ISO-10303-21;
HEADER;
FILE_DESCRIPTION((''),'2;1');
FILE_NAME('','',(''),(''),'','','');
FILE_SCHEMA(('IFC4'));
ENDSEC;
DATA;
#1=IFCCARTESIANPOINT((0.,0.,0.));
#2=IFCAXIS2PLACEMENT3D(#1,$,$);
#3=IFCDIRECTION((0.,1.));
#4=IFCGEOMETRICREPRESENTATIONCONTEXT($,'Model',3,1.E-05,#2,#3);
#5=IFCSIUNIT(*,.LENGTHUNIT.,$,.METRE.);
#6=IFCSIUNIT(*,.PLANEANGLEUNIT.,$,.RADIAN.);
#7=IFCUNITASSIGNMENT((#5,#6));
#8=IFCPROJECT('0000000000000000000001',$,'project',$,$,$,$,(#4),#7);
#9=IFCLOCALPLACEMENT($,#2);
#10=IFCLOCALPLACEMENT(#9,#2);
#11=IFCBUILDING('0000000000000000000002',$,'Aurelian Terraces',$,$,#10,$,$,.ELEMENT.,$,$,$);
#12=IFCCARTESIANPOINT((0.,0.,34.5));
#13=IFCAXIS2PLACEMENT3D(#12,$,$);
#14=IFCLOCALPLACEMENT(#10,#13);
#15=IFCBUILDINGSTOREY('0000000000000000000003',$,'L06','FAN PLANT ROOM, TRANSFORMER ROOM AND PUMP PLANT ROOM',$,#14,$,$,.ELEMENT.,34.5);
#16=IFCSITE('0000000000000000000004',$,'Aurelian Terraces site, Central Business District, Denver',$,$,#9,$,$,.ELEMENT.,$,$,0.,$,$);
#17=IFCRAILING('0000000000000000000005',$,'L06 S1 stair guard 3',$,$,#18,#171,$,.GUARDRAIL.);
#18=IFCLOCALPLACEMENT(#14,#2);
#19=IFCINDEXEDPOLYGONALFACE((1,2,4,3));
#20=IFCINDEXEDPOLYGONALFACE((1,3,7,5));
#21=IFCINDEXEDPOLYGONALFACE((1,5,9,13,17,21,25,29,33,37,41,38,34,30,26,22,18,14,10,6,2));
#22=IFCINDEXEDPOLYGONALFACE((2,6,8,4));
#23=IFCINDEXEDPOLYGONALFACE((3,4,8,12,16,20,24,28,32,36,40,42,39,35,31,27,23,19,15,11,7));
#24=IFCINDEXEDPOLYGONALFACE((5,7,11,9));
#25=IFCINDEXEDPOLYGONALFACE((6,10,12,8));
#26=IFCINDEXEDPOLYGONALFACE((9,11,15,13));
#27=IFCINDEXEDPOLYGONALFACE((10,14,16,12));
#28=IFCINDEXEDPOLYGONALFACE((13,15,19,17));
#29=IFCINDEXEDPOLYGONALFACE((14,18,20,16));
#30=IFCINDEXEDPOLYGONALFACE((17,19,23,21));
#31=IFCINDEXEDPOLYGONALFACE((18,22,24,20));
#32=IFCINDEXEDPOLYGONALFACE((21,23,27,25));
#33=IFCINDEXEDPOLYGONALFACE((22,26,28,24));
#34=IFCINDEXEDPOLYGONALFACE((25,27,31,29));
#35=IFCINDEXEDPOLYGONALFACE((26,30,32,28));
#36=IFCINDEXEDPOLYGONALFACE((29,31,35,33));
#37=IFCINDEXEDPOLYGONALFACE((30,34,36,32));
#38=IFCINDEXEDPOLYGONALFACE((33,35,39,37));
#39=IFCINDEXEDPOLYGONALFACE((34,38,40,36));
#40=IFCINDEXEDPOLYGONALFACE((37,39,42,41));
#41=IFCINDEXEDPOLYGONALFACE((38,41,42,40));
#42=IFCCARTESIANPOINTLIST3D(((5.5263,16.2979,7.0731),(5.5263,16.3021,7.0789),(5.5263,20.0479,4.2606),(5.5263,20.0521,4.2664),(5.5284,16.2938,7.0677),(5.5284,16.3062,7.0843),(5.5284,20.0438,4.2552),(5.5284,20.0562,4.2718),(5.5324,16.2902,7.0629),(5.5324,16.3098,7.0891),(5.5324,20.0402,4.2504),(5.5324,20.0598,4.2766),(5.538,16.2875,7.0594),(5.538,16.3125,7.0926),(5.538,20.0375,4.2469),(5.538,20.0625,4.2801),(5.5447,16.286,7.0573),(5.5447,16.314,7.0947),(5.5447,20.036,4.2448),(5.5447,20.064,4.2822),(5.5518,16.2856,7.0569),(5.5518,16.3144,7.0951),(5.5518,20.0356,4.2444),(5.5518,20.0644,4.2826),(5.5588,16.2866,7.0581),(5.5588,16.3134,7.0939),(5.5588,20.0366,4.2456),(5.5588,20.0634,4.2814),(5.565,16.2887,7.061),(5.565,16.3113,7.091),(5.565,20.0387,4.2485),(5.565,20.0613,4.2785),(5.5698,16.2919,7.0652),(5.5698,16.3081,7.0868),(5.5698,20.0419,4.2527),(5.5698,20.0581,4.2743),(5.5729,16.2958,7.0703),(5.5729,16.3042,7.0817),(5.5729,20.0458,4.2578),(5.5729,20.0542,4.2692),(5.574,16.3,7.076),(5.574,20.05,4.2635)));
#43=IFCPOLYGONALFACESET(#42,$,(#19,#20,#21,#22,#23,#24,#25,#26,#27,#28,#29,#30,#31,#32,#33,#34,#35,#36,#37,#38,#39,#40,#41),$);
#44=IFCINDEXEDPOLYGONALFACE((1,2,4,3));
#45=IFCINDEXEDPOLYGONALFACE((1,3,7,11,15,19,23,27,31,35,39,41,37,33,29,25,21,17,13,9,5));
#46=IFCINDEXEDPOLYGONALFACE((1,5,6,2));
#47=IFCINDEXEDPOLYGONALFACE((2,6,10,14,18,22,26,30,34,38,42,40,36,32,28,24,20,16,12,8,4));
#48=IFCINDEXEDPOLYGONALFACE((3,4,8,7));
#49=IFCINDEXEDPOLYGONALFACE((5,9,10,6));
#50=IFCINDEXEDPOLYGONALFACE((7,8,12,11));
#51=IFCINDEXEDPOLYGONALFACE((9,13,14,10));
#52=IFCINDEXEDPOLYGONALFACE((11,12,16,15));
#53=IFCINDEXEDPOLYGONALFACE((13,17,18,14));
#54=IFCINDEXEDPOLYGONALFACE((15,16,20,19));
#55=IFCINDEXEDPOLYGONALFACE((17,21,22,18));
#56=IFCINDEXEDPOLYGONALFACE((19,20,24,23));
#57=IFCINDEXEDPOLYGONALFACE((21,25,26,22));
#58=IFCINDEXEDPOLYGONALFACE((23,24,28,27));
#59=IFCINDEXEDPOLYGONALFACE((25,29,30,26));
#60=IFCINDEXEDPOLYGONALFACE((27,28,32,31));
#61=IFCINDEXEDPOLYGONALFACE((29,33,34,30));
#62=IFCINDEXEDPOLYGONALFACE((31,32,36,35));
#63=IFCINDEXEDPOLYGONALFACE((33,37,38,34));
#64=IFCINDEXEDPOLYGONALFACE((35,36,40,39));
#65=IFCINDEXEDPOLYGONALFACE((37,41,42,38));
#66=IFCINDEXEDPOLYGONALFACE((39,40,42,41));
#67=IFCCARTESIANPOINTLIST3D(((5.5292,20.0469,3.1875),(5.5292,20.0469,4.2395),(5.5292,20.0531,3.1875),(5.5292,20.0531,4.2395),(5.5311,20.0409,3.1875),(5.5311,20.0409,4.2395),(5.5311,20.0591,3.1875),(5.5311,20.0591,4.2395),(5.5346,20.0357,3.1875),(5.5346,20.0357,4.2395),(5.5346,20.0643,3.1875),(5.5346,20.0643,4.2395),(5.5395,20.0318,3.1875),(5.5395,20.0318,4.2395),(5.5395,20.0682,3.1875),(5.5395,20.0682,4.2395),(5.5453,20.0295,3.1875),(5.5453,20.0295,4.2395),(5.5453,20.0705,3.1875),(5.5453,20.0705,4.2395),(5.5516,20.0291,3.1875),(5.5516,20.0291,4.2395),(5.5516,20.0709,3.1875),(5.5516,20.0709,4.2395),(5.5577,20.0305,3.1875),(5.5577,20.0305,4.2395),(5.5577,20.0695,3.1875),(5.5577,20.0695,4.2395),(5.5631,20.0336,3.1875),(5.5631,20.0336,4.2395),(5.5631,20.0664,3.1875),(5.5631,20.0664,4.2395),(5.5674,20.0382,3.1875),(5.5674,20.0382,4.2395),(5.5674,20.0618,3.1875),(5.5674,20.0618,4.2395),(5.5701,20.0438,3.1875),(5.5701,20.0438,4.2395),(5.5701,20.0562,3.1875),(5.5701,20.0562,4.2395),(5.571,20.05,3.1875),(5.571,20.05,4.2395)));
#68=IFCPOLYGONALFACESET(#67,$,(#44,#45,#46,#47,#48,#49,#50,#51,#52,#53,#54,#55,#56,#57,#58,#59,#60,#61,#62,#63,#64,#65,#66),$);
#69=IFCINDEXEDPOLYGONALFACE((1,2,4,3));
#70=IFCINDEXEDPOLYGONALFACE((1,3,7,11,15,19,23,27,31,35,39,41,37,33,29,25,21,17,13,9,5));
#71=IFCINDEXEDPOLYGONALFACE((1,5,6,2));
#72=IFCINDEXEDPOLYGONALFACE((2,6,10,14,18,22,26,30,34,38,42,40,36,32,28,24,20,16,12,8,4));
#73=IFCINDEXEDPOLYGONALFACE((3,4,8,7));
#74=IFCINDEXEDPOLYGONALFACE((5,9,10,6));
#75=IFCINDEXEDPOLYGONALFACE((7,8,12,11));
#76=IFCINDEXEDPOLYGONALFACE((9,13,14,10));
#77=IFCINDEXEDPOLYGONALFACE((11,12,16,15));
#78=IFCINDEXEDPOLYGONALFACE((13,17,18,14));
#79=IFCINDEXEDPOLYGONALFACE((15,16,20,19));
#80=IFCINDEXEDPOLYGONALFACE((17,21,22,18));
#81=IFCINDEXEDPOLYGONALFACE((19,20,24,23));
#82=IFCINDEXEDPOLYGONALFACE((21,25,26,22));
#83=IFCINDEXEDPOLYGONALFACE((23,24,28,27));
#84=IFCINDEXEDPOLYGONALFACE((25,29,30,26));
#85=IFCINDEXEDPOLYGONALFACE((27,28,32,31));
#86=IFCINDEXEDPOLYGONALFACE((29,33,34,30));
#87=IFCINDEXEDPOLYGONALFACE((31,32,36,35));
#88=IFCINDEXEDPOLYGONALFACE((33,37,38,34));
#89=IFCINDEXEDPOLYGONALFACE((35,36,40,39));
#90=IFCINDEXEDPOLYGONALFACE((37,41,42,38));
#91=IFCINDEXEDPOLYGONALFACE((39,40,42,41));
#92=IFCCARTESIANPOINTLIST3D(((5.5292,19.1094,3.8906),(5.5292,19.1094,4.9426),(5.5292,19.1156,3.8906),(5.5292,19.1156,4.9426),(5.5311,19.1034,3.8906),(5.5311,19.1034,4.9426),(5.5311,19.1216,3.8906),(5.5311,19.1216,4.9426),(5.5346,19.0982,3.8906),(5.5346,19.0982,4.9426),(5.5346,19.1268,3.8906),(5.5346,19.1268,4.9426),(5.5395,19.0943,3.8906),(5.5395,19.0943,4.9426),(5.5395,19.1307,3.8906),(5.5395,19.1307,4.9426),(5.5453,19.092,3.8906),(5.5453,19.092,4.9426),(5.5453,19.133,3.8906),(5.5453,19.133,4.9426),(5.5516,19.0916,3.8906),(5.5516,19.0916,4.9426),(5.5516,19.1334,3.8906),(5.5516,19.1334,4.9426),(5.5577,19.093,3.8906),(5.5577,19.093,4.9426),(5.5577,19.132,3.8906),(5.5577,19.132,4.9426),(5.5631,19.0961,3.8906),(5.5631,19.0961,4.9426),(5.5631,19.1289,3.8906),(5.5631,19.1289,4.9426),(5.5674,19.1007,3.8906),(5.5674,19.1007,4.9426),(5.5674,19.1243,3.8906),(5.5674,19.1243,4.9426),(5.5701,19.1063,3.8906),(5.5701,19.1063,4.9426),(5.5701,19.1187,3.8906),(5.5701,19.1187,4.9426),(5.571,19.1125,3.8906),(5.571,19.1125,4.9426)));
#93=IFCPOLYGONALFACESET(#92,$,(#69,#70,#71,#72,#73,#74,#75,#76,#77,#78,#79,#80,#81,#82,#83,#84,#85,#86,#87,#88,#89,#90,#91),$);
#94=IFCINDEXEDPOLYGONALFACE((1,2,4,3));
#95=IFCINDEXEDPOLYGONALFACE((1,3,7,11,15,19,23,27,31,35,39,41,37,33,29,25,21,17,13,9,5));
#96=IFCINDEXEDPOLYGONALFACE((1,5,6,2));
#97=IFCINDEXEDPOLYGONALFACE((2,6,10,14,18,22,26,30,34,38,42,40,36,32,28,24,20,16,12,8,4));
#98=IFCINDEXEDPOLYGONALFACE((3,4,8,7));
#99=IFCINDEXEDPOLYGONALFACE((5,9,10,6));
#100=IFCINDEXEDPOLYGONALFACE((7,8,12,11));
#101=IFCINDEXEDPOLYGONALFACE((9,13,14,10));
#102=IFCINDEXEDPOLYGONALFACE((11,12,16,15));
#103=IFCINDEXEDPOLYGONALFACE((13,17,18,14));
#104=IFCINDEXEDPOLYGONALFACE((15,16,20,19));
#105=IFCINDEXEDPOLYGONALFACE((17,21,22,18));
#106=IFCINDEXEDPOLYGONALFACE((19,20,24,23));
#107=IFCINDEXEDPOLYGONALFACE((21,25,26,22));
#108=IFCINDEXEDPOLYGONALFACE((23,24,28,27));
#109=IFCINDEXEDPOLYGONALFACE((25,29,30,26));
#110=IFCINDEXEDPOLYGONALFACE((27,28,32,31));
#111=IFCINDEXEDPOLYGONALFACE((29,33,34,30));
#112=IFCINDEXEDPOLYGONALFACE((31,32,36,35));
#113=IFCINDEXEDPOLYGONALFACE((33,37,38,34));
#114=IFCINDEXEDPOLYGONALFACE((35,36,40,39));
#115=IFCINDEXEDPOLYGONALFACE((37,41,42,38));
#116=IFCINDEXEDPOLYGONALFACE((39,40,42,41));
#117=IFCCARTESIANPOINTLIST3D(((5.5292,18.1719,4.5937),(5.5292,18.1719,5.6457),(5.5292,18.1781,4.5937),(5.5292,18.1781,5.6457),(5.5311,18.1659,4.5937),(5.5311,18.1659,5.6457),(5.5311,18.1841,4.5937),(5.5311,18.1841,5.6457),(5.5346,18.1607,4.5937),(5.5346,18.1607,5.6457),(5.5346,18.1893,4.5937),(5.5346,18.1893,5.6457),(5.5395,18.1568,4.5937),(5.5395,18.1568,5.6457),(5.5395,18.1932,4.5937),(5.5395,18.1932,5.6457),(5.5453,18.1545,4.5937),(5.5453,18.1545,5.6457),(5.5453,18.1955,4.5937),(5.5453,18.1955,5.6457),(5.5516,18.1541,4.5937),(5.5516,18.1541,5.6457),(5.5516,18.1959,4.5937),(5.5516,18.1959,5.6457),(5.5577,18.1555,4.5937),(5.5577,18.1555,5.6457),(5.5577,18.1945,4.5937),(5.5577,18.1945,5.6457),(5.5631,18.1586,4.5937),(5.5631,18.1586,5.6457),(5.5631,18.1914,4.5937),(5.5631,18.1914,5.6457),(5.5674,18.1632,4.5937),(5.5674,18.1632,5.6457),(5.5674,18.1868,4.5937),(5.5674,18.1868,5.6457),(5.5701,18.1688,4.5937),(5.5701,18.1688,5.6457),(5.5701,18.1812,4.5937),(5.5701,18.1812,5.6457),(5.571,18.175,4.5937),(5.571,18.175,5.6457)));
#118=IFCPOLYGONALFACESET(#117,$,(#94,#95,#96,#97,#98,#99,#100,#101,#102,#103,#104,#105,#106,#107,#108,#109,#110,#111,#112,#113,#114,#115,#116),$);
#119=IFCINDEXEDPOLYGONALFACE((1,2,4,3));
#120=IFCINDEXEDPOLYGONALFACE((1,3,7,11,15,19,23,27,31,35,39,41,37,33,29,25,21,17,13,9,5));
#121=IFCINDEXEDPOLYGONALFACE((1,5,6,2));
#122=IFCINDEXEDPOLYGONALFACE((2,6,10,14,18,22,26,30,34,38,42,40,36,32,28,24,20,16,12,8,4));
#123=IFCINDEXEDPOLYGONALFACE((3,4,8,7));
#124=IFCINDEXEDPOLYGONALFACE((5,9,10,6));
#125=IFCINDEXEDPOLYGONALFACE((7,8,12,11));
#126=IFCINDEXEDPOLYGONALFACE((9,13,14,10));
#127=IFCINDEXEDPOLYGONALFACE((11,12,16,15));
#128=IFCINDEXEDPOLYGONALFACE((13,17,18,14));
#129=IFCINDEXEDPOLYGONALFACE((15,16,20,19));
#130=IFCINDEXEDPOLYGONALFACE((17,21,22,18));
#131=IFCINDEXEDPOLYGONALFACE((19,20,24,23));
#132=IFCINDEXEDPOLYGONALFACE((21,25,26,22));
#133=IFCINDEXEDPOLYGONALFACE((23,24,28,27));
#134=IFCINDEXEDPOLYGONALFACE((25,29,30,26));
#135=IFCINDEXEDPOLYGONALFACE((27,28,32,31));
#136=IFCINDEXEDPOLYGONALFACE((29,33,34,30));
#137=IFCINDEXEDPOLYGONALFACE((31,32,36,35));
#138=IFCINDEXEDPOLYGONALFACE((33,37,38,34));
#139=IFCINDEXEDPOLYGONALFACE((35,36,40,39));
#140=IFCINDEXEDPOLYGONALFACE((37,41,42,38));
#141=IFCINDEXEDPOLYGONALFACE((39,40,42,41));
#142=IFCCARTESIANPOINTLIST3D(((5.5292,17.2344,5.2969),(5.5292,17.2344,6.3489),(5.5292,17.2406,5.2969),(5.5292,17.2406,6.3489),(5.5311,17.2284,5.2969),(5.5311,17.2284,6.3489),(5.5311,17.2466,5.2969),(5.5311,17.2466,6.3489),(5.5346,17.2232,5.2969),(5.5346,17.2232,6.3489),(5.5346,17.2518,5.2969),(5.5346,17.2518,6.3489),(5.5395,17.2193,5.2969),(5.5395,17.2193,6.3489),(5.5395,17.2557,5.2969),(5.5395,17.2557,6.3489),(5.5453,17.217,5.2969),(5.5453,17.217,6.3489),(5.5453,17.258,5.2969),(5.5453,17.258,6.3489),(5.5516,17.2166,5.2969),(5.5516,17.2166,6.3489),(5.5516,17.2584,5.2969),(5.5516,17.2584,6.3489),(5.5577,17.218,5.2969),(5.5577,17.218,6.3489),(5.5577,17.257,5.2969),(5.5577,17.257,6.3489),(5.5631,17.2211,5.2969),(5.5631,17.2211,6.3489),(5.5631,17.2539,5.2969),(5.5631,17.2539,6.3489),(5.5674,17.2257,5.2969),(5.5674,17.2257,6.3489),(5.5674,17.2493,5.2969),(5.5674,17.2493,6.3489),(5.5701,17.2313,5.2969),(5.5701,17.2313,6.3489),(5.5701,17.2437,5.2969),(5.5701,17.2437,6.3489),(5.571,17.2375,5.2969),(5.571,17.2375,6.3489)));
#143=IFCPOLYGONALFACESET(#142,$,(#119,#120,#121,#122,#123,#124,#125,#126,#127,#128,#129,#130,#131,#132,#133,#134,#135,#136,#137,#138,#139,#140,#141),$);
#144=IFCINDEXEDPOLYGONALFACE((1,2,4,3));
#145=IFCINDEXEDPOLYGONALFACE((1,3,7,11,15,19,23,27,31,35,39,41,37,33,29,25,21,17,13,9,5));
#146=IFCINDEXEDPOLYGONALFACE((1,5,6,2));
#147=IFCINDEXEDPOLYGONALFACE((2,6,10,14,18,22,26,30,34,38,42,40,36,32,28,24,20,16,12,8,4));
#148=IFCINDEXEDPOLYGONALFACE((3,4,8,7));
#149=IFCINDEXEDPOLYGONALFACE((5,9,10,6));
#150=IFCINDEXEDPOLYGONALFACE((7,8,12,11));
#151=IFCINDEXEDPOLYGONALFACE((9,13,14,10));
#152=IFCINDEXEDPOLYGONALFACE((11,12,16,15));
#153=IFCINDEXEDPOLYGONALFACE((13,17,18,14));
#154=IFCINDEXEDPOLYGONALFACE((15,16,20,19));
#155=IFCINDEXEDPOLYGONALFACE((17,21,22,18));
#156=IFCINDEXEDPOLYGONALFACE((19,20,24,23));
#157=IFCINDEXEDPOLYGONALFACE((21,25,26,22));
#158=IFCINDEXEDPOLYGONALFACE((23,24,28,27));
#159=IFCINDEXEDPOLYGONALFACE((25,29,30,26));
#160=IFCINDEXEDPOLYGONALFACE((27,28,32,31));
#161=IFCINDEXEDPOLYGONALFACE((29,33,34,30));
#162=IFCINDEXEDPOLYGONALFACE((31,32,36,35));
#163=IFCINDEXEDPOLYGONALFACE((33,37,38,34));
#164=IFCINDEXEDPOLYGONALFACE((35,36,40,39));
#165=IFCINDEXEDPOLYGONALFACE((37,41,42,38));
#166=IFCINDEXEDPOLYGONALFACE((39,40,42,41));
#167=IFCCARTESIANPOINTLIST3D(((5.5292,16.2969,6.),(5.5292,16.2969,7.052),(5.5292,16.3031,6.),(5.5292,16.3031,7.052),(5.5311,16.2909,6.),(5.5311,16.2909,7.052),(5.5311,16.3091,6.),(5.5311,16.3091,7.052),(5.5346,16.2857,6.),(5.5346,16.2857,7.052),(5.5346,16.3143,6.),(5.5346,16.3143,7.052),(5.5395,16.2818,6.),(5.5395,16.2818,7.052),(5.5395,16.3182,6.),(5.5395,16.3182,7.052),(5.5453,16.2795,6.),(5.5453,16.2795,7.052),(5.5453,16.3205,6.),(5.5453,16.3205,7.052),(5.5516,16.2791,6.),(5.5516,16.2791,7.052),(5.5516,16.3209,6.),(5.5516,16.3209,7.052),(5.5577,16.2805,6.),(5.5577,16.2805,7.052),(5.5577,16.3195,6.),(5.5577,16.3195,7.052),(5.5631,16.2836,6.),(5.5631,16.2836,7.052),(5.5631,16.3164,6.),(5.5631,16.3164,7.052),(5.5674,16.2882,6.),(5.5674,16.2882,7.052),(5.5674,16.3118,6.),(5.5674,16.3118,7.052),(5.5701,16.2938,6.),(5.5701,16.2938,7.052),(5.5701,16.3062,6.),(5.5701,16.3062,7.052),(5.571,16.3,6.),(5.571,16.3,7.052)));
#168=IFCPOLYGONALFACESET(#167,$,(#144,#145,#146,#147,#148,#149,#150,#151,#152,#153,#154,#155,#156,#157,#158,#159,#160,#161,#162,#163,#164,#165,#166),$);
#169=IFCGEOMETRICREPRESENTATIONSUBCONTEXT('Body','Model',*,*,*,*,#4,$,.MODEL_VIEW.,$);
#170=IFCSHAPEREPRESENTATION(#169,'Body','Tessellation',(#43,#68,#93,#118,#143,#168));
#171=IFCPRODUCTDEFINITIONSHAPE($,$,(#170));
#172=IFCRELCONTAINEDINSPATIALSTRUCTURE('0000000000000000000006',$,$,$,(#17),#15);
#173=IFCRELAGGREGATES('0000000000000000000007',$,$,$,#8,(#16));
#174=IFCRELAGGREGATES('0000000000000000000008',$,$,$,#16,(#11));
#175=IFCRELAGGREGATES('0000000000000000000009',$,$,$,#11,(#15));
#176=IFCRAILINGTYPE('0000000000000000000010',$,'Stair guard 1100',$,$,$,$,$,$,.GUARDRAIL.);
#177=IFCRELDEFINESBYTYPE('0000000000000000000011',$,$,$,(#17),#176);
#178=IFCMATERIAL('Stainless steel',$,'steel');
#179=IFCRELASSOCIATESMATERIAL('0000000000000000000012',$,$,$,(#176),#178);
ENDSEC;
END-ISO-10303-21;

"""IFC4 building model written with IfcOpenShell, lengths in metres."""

from ifc_helpers import new_model, si_unit, direction, frame, origin, origin_2d, place, context, subcontext, project, spatial, circle, extrude, material, type_object, element, save


model = new_model("IFC4")

# Units and contexts
model_context = context("Model", 3, precision=1e-05, world=origin(), true_north=direction((0.0, 1.0)))
body_context = subcontext(model_context, "Body", "Model", "MODEL_VIEW")
ifc_project = project(units=[si_unit("LENGTHUNIT", "METRE"), si_unit("PLANEANGLEUNIT", "RADIAN")], contexts=[model_context])

# Site, building, storey
site_placement = place(None, origin())
site = spatial("IfcSite", under=ifc_project, at=site_placement, Name="Aurelian Terraces site, Central Business District, Denver", CompositionType="ELEMENT", RefElevation=0.0)
building_placement = place(site_placement, origin())
building = spatial("IfcBuilding", under=site, at=building_placement, Name="Aurelian Terraces", CompositionType="ELEMENT")
storey_placement = place(building_placement, frame((0.0, 0.0, 34.5)))
storey = spatial("IfcBuildingStorey", under=building, at=storey_placement, Name="L06", Description="FAN PLANT ROOM, TRANSFORMER ROOM AND PUMP PLANT ROOM", CompositionType="ELEMENT", Elevation=34.5)

# Shared definitions
ifc_material_1 = material(Name="Stainless steel", Category="steel")

# Railing
railing_type_1 = type_object("IfcRailingType", Name="Stair guard 1100", PredefinedType="GUARDRAIL", material=ifc_material_1)
railing_1_placement = place(storey_placement, frame((5.55, 20.05, 3.1875)))
element("IfcRailing", 1, at=railing_1_placement, inside=storey, type_object=railing_type_1, Name="L06 S1 stair guard 3", PredefinedType="GUARDRAIL", context=body_context, shape_type="SweptSolid", body=[
    extrude(circle(Radius=0.024, at=origin_2d()), frame((0.0, 0.0, 1.076), z_axis=(0.0, -0.8, 0.6), x_axis=(1.0, 0.0, 0.0)), (0.0, 0.0, 1.0), 4.6875),
    extrude(circle(Radius=0.021, at=origin_2d()), origin(), (0.0, 0.0, 1.0), 1.052),
    extrude(circle(Radius=0.021, at=origin_2d()), frame((0.0, -0.9375, 0.7031)), (0.0, 0.0, 1.0), 1.052),
    extrude(circle(Radius=0.021, at=origin_2d()), frame((0.0, -1.875, 1.4062)), (0.0, 0.0, 1.0), 1.052),
    extrude(circle(Radius=0.021, at=origin_2d()), frame((0.0, -2.8125, 2.1094)), (0.0, 0.0, 1.0), 1.052),
    extrude(circle(Radius=0.021, at=origin_2d()), frame((0.0, -3.75, 2.8125)), (0.0, 0.0, 1.0), 1.052),
])

save(model, "model.ifc")
